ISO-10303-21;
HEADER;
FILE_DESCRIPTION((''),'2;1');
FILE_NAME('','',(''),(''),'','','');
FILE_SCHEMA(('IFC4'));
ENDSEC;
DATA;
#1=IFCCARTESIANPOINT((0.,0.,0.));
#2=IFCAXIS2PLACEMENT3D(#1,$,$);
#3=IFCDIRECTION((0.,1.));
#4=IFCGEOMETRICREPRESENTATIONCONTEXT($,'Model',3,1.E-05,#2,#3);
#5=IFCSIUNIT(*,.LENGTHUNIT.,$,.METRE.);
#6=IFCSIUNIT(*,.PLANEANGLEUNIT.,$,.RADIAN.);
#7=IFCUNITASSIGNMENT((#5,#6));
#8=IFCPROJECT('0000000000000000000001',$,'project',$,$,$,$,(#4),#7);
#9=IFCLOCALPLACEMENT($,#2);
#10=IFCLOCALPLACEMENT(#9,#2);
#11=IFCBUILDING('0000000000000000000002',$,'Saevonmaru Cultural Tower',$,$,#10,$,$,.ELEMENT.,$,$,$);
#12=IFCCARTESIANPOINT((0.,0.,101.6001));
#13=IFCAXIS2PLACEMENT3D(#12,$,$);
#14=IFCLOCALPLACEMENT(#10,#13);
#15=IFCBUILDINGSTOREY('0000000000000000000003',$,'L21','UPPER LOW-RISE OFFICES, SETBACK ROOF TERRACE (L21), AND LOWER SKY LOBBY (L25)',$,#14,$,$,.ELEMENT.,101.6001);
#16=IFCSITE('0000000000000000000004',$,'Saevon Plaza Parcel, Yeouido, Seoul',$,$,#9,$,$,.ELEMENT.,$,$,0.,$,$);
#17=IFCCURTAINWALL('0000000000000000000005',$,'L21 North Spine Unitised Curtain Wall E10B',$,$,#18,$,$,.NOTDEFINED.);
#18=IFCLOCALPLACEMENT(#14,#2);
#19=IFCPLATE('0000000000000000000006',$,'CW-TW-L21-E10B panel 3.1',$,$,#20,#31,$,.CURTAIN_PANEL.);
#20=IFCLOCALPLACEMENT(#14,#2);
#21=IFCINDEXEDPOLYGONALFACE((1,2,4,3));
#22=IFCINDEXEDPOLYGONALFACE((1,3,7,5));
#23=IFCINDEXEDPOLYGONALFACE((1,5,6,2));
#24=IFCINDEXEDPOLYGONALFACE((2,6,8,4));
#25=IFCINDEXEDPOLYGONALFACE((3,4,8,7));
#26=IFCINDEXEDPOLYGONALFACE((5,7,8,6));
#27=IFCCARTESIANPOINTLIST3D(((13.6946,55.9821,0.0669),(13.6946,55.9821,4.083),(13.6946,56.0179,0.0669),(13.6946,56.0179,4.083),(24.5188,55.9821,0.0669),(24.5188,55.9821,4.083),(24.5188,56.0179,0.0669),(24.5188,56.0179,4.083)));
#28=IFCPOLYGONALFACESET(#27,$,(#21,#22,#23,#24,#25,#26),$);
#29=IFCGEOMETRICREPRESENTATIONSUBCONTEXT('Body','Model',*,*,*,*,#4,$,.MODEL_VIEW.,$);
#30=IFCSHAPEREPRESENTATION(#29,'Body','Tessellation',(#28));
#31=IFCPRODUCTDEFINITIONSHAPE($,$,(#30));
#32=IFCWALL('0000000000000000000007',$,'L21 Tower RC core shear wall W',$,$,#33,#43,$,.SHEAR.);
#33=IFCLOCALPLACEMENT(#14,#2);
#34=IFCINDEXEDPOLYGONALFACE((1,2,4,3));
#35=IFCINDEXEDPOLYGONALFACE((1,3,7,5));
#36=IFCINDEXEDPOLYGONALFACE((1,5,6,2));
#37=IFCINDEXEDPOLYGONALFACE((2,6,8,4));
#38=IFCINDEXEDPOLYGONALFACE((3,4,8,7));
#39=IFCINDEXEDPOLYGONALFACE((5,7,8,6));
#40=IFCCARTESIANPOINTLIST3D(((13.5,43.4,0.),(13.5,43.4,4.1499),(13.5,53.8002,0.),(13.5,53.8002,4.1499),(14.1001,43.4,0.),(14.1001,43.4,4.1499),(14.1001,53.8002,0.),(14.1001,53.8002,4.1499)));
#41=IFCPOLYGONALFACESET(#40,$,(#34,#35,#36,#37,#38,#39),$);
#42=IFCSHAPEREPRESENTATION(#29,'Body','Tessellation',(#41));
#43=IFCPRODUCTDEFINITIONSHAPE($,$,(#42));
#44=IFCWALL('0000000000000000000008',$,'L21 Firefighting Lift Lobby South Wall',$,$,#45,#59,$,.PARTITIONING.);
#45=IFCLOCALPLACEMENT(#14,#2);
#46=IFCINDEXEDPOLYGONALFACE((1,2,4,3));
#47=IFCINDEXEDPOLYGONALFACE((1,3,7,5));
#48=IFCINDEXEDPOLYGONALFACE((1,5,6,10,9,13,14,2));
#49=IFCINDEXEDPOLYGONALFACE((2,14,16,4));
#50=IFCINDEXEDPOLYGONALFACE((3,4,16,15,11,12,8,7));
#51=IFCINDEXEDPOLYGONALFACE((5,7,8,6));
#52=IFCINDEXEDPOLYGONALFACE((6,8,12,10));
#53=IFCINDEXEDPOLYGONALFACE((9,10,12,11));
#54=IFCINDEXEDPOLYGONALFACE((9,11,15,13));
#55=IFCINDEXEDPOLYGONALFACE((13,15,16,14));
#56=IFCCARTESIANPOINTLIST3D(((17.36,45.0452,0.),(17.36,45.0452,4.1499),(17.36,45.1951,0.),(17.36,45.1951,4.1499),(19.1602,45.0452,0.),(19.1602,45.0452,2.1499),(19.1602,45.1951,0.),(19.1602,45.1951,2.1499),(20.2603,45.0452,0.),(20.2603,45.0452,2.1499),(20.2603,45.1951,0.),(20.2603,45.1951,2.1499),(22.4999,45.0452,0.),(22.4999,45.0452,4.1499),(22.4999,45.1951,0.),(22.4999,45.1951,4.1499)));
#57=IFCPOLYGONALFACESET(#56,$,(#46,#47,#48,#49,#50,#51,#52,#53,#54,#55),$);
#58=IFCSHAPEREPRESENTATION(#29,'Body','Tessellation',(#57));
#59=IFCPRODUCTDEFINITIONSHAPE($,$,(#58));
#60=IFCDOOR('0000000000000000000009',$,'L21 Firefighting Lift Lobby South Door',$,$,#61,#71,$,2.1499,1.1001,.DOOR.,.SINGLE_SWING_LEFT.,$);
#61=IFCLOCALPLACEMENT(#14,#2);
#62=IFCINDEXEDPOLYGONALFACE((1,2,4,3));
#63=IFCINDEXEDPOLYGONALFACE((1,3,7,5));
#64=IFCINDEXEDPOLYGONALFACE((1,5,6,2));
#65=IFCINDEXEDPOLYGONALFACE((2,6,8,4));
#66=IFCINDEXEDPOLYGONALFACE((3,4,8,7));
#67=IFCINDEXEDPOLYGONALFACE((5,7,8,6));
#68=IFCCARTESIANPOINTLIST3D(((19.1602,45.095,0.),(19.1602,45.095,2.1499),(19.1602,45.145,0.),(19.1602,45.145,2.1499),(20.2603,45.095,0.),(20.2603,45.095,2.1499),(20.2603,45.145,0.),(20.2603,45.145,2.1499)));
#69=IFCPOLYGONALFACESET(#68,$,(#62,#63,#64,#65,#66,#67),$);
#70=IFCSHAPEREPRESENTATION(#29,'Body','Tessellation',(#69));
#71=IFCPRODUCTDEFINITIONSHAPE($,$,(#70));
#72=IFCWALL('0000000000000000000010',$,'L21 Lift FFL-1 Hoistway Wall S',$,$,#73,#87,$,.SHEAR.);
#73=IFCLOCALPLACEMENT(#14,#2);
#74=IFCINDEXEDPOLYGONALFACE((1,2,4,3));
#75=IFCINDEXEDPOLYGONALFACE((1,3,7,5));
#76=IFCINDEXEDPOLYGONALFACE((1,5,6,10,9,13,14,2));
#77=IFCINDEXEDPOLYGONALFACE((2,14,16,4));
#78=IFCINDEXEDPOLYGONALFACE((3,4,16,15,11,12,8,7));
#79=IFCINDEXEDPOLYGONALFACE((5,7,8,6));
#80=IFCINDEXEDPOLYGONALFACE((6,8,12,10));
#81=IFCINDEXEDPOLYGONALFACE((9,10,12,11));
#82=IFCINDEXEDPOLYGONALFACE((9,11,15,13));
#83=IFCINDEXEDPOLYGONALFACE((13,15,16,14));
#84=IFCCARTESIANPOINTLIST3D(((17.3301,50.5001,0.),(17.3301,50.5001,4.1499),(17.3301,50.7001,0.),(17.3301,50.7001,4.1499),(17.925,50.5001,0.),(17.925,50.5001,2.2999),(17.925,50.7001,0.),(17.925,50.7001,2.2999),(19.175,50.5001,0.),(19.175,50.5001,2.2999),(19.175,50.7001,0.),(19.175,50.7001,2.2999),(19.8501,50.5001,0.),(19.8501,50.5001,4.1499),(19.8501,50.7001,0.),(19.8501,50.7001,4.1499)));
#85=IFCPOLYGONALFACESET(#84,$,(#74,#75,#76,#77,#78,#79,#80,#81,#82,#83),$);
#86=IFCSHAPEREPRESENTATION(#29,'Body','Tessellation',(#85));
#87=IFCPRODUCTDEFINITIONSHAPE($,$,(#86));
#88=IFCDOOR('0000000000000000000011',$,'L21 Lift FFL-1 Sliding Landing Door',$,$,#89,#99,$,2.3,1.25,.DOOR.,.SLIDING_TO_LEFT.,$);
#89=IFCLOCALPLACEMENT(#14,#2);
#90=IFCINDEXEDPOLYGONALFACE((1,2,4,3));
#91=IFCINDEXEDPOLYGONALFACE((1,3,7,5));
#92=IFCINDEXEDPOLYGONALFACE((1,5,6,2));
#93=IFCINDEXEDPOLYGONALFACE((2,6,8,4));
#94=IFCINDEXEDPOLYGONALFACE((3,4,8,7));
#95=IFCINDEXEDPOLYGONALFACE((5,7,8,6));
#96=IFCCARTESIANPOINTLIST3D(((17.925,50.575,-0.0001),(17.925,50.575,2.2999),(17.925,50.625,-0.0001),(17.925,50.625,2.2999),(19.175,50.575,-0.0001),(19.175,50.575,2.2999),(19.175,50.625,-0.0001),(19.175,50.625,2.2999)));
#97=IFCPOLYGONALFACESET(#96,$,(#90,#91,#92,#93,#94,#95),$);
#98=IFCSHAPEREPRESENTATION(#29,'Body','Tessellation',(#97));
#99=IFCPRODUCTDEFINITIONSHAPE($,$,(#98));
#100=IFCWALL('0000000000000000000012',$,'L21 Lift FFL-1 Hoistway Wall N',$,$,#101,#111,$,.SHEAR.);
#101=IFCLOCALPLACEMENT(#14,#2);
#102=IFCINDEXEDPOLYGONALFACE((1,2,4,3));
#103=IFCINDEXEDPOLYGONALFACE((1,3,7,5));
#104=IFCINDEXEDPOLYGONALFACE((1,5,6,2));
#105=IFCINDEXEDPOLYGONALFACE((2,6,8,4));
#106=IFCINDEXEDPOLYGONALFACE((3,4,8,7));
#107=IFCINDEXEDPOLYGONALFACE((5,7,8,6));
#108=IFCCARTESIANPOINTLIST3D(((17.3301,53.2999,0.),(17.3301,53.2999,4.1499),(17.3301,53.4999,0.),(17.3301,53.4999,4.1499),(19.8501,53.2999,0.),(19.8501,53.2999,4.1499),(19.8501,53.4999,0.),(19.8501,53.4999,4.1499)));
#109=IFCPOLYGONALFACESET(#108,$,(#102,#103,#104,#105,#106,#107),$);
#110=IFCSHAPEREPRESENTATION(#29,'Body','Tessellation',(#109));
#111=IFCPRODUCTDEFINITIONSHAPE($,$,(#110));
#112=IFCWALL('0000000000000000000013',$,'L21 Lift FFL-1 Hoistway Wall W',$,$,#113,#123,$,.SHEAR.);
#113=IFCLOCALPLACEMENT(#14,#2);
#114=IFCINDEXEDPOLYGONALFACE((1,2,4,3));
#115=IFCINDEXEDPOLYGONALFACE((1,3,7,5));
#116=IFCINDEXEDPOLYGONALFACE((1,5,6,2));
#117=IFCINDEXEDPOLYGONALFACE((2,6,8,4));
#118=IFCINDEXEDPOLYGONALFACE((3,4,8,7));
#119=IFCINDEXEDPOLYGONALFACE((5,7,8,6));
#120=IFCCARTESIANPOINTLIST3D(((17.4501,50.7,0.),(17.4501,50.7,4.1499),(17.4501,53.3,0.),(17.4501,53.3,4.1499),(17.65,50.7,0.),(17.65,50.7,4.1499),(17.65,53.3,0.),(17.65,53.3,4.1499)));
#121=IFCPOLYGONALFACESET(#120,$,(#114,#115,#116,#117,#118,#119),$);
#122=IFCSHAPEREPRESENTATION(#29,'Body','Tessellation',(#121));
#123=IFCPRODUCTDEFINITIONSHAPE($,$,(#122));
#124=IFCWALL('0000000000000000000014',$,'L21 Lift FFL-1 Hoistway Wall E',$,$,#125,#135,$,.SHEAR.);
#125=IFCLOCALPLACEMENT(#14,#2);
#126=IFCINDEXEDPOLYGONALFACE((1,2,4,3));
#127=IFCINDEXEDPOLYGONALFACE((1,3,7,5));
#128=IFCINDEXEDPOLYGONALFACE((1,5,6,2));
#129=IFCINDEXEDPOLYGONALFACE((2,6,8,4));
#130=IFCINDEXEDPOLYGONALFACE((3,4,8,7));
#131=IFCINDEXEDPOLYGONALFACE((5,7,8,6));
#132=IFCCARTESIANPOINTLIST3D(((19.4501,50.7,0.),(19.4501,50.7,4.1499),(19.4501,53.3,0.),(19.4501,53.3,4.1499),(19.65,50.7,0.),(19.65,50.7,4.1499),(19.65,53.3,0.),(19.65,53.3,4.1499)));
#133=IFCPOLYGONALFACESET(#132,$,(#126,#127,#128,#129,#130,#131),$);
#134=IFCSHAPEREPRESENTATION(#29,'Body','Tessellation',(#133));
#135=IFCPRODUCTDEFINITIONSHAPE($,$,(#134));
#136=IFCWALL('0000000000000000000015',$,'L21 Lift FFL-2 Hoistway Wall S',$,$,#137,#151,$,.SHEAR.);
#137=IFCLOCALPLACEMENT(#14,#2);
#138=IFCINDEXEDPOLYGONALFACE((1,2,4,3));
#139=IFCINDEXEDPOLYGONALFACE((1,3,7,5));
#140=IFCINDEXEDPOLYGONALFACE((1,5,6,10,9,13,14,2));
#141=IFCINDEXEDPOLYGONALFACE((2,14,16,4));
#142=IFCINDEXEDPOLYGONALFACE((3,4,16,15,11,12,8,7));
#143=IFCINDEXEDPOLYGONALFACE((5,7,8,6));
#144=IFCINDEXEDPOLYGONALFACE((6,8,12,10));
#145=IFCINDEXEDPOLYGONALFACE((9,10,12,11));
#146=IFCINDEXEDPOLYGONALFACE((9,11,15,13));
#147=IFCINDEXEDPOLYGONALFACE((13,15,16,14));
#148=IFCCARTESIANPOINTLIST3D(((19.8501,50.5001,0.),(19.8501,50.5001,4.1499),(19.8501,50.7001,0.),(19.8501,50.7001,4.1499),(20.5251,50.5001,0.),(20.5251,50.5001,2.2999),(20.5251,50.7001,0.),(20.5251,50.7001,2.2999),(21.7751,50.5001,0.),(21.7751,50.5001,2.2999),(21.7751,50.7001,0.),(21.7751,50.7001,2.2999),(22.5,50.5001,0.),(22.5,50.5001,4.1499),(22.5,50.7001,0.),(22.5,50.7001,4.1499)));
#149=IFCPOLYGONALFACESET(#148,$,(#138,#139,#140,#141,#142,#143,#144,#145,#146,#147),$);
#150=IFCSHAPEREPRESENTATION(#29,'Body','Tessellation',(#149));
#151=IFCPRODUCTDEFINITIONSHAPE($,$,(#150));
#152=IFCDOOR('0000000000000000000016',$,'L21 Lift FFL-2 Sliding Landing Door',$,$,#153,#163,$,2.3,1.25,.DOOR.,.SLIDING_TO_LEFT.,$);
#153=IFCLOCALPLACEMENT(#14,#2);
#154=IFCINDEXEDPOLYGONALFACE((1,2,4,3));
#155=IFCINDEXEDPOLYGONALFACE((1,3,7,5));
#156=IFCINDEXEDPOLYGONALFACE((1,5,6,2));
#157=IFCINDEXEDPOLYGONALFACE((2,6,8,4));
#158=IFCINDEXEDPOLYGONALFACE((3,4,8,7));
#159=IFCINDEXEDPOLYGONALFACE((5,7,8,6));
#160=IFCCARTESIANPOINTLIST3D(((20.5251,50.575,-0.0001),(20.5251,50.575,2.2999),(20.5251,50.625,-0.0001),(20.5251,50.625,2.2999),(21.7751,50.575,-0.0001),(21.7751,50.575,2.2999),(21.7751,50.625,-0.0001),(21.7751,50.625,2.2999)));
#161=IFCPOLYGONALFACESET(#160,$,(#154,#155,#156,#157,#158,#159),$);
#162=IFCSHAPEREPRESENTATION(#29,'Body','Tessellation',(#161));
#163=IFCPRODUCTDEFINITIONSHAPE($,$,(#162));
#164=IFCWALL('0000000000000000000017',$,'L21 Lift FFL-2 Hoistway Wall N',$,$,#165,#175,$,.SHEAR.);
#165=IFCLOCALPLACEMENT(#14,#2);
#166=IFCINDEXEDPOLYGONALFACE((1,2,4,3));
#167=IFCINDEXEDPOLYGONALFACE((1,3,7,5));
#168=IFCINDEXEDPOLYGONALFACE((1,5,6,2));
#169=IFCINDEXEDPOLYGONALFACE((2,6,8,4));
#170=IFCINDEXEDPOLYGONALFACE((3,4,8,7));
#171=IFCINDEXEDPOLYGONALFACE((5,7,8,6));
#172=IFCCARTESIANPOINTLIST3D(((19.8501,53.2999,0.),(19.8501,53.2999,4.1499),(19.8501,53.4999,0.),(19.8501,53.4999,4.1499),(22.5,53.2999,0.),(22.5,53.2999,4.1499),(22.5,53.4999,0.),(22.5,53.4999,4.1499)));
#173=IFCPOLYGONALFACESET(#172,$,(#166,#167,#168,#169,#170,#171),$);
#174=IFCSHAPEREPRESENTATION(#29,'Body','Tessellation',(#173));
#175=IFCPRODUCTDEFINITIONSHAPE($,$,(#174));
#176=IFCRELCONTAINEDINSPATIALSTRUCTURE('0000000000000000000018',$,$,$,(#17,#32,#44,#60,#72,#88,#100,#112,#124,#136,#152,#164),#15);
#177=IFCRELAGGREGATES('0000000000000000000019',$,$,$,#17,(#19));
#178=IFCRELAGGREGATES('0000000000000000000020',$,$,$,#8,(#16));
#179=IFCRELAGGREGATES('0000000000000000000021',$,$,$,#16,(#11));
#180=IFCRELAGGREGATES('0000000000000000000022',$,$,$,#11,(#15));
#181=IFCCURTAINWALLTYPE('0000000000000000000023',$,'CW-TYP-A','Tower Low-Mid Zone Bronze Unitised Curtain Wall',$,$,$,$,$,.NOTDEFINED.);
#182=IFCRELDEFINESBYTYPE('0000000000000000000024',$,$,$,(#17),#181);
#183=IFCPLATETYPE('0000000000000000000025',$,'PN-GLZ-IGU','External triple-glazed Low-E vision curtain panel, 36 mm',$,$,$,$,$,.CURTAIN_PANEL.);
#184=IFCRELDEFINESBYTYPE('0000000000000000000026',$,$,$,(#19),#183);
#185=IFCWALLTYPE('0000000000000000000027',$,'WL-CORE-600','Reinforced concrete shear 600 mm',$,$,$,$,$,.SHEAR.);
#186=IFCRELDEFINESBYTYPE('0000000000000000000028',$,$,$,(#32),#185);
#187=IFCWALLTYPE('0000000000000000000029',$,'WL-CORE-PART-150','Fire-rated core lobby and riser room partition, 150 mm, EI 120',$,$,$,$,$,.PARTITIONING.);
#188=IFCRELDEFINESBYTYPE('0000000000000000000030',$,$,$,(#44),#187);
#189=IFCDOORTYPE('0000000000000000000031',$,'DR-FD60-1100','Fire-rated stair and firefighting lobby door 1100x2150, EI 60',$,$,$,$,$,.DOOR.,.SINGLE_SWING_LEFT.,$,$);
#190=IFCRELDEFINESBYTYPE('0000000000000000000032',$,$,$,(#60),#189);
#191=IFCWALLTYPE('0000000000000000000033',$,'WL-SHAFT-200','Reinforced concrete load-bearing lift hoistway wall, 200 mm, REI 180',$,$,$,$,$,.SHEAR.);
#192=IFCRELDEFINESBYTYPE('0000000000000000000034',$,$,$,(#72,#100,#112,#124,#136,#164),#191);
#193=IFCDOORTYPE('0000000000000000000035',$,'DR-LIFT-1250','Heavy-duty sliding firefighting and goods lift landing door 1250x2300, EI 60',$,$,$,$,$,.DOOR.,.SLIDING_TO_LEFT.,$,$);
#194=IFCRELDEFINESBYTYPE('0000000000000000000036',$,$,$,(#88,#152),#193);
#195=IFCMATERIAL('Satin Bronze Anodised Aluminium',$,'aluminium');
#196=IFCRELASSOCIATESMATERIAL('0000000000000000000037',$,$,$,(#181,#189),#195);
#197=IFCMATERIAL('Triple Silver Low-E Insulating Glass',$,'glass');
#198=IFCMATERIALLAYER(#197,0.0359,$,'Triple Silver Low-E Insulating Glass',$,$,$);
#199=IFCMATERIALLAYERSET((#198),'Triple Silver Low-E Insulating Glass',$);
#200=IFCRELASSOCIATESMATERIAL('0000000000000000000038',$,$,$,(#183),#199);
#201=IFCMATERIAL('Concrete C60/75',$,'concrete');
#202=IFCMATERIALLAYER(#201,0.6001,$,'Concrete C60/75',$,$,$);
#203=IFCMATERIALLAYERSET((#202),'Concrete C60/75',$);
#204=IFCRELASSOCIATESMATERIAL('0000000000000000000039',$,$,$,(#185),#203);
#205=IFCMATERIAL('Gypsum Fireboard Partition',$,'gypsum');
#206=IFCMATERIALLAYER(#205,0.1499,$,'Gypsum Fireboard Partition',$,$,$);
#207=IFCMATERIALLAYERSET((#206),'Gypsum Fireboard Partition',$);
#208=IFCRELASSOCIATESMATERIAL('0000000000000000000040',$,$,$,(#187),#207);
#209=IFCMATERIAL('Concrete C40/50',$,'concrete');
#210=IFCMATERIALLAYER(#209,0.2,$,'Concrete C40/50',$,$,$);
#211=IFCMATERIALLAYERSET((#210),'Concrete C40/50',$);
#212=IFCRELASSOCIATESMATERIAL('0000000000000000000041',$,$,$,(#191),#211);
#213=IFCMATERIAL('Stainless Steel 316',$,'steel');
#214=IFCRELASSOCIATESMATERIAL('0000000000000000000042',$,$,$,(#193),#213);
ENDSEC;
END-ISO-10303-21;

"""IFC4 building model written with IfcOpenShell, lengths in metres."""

from ifc_helpers import new_model, si_unit, direction, frame, frame_2d, origin, origin_2d, place, context, subcontext, project, spatial, rectangle, extrude, material, layer, layer_set, type_object, element, fill, aggregate, save


model = new_model("IFC4")

# Units and contexts
model_context = context("Model", 3, precision=1e-05, world=origin(), true_north=direction((0.0, 1.0)))
body_context = subcontext(model_context, "Body", "Model", "MODEL_VIEW")
ifc_project = project(units=[si_unit("LENGTHUNIT", "METRE"), si_unit("PLANEANGLEUNIT", "RADIAN")], contexts=[model_context])

# Site, building, storey
site_placement = place(None, origin())
site = spatial("IfcSite", under=ifc_project, at=site_placement, Name="Saevon Plaza Parcel, Yeouido, Seoul", CompositionType="ELEMENT", RefElevation=0.0)
building_placement = place(site_placement, origin())
building = spatial("IfcBuilding", under=site, at=building_placement, Name="Saevonmaru Cultural Tower", CompositionType="ELEMENT")
storey_placement = place(building_placement, frame((0.0, 0.0, 101.6001)))
storey = spatial("IfcBuildingStorey", under=building, at=storey_placement, Name="L21", Description="UPPER LOW-RISE OFFICES, SETBACK ROOF TERRACE (L21), AND LOWER SKY LOBBY (L25)", CompositionType="ELEMENT", Elevation=101.6001)

# Curtain wall, plate
ifc_material_1 = material(Name="Satin Bronze Anodised Aluminium", Category="aluminium")
curtain_wall_type = type_object("IfcCurtainWallType", Name="CW-TYP-A", Description="Tower Low-Mid Zone Bronze Unitised Curtain Wall", PredefinedType="NOTDEFINED", material=ifc_material_1)
curtain_wall_placement = place(storey_placement, origin())
curtain_wall = element("IfcCurtainWall", 1, at=curtain_wall_placement, inside=storey, type_object=curtain_wall_type, Name="L21 North Spine Unitised Curtain Wall E10B", PredefinedType="NOTDEFINED")
ifc_material_2 = material(Name="Triple Silver Low-E Insulating Glass", Category="glass")
ifc_layer_1 = layer(ifc_material_2, 0.0359, Name="Triple Silver Low-E Insulating Glass")
ifc_layer_set_1 = layer_set([ifc_layer_1], Name="Triple Silver Low-E Insulating Glass")
plate_type = type_object("IfcPlateType", Name="PN-GLZ-IGU", Description="External triple-glazed Low-E vision curtain panel, 36 mm", PredefinedType="CURTAIN_PANEL", material=ifc_layer_set_1)
plate_placement = place(storey_placement, frame((19.1067, 56.0, 0.0669), z_axis=(0.0, 0.0, 1.0), x_axis=(-1.0, 0.0, 0.0)))
plate = element("IfcPlate", 2, at=plate_placement, type_object=plate_type, Name="CW-TW-L21-E10B panel 3.1", PredefinedType="CURTAIN_PANEL", context=body_context, shape_type="SweptSolid", body=[
    extrude(rectangle(XDim=10.8242, YDim=0.0359, at=origin_2d()), origin(), (0.0, 0.0, 1.0), 4.0161),
])
aggregate(curtain_wall, [plate])

# Wall
ifc_material_3 = material(Name="Concrete C60/75", Category="concrete")
ifc_layer_2 = layer(ifc_material_3, 0.6001, Name="Concrete C60/75")
ifc_layer_set_2 = layer_set([ifc_layer_2], Name="Concrete C60/75")
wall_type_1 = type_object("IfcWallType", Name="WL-CORE-600", Description="Reinforced concrete shear 600 mm", PredefinedType="SHEAR", material=ifc_layer_set_2)
wall_1_placement = place(storey_placement, frame((13.8, 43.3999, 0.0), z_axis=(0.0, 0.0, 1.0), x_axis=(0.0, 1.0, 0.0)))
element("IfcWall", 3, at=wall_1_placement, inside=storey, type_object=wall_type_1, Name="L21 Tower RC core shear wall W", PredefinedType="SHEAR", context=body_context, shape_type="SweptSolid", body=[
    extrude(rectangle(XDim=10.4001, YDim=0.6001, at=frame_2d((5.2002, 0.0))), origin(), (0.0, 0.0, 1.0), 4.1499),
])

# Walls, openings, doors
ifc_material_4 = material(Name="Gypsum Fireboard Partition", Category="gypsum")
ifc_layer_3 = layer(ifc_material_4, 0.1499, Name="Gypsum Fireboard Partition")
ifc_layer_set_3 = layer_set([ifc_layer_3], Name="Gypsum Fireboard Partition")
wall_type_2 = type_object("IfcWallType", Name="WL-CORE-PART-150", Description="Fire-rated core lobby and riser room partition, 150 mm, EI 120", PredefinedType="PARTITIONING", material=ifc_layer_set_3)
wall_2_placement = place(storey_placement, frame((17.3601, 45.1201, 0.0), z_axis=(0.0, 0.0, 1.0), x_axis=(1.0, 0.0, 0.0)))
wall_2 = element("IfcWall", 4, at=wall_2_placement, inside=storey, type_object=wall_type_2, Name="L21 Firefighting Lift Lobby South Wall", PredefinedType="PARTITIONING", context=body_context, shape_type="SweptSolid", body=[
    extrude(rectangle(XDim=5.1399, YDim=0.1499, at=frame_2d((2.5698, 0.0))), origin(), (0.0, 0.0, 1.0), 4.1499),
])
opening_1_placement = place(wall_2_placement, frame((1.8, 0.0, 0.0)))
opening_1 = element("IfcOpeningElement", 5, at=opening_1_placement, cuts=wall_2, PredefinedType="OPENING", context=body_context, shape_type="SweptSolid", body=[
    extrude(rectangle(XDim=1.1001, YDim=2.1499, at=frame_2d((0.55, 1.075))), frame((0.0, 0.085, 0.0), z_axis=(0.0, -1.0, 0.0), x_axis=(1.0, 0.0, 0.0)), (0.0, 0.0, 1.0), 0.1699),
])
door_type_1 = type_object("IfcDoorType", Name="DR-FD60-1100", Description="Fire-rated stair and firefighting lobby door 1100x2150, EI 60", OperationType="SINGLE_SWING_LEFT", PredefinedType="DOOR", material=ifc_material_1)
door_1_placement = place(opening_1_placement, origin())
door_1 = element("IfcDoor", 6, at=door_1_placement, inside=storey, type_object=door_type_1, Name="L21 Firefighting Lift Lobby South Door", OperationType="SINGLE_SWING_LEFT", OverallHeight=2.1499, OverallWidth=1.1001, PredefinedType="DOOR", context=body_context, shape_type="SweptSolid", body=[
    extrude(rectangle(XDim=1.1001, YDim=2.1499, at=frame_2d((0.55, 1.075))), frame((0.0, 0.0249, 0.0), z_axis=(0.0, -1.0, 0.0), x_axis=(1.0, 0.0, 0.0)), (0.0, 0.0, 1.0), 0.05),
])
fill(opening_1, door_1)
ifc_material_5 = material(Name="Concrete C40/50", Category="concrete")
ifc_layer_4 = layer(ifc_material_5, 0.2, Name="Concrete C40/50")
ifc_layer_set_4 = layer_set([ifc_layer_4], Name="Concrete C40/50")
wall_type_3 = type_object("IfcWallType", Name="WL-SHAFT-200", Description="Reinforced concrete load-bearing lift hoistway wall, 200 mm, REI 180", PredefinedType="SHEAR", material=ifc_layer_set_4)
wall_3_placement = place(storey_placement, frame((17.3301, 50.6001, 0.0), z_axis=(0.0, 0.0, 1.0), x_axis=(1.0, 0.0, 0.0)))
wall_3 = element("IfcWall", 7, at=wall_3_placement, inside=storey, type_object=wall_type_3, Name="L21 Lift FFL-1 Hoistway Wall S", PredefinedType="SHEAR", context=body_context, shape_type="SweptSolid", body=[
    extrude(rectangle(XDim=2.52, YDim=0.2, at=frame_2d((1.26, 0.0))), origin(), (0.0, 0.0, 1.0), 4.1499),
])
opening_2_placement = place(wall_3_placement, frame((0.595, 0.0, 0.0)))
opening_2 = element("IfcOpeningElement", 8, at=opening_2_placement, cuts=wall_3, PredefinedType="OPENING", context=body_context, shape_type="SweptSolid", body=[
    extrude(rectangle(XDim=1.25, YDim=2.3, at=frame_2d((0.625, 1.1499))), frame((0.0, 0.1099, 0.0), z_axis=(0.0, -1.0, 0.0), x_axis=(1.0, 0.0, 0.0)), (0.0, 0.0, 1.0), 0.22),
])
ifc_material_6 = material(Name="Stainless Steel 316", Category="steel")
door_type_2 = type_object("IfcDoorType", Name="DR-LIFT-1250", Description="Heavy-duty sliding firefighting and goods lift landing door 1250x2300, EI 60", OperationType="SLIDING_TO_LEFT", PredefinedType="DOOR", material=ifc_material_6)
door_2_placement = place(opening_2_placement, origin())
door_2 = element("IfcDoor", 9, at=door_2_placement, inside=storey, type_object=door_type_2, Name="L21 Lift FFL-1 Sliding Landing Door", OperationType="SLIDING_TO_LEFT", OverallHeight=2.3, OverallWidth=1.25, PredefinedType="DOOR", context=body_context, shape_type="SweptSolid", body=[
    extrude(rectangle(XDim=1.25, YDim=2.3, at=frame_2d((0.625, 1.1499))), frame((0.0, 0.0249, 0.0), z_axis=(0.0, -1.0, 0.0), x_axis=(1.0, 0.0, 0.0)), (0.0, 0.0, 1.0), 0.05),
])
fill(opening_2, door_2)

# Walls
wall_4_placement = place(storey_placement, frame((17.3301, 53.3999, 0.0), z_axis=(0.0, 0.0, 1.0), x_axis=(1.0, 0.0, 0.0)))
element("IfcWall", 10, at=wall_4_placement, inside=storey, type_object=wall_type_3, Name="L21 Lift FFL-1 Hoistway Wall N", PredefinedType="SHEAR", context=body_context, shape_type="SweptSolid", body=[
    extrude(rectangle(XDim=2.52, YDim=0.2, at=frame_2d((1.26, 0.0))), origin(), (0.0, 0.0, 1.0), 4.1499),
])
for number, where, z_axis, x_axis, name in (
    (11, (17.55, 50.7, 0.0), (0.0, 0.0, 1.0), (0.0, 1.0, 0.0), "L21 Lift FFL-1 Hoistway Wall W"),
    (12, (19.55, 50.7, 0.0), (0.0, 0.0, 1.0), (0.0, 1.0, 0.0), "L21 Lift FFL-1 Hoistway Wall E"),
):
    element("IfcWall", number, at=place(storey_placement, frame(where, z_axis=z_axis, x_axis=x_axis)), inside=storey, type_object=wall_type_3, Name=name, PredefinedType="SHEAR", context=body_context, shape_type="SweptSolid", body=[
        extrude(rectangle(XDim=2.6001, YDim=0.2, at=frame_2d((1.3, 0.0))), origin(), (0.0, 0.0, 1.0), 4.1499),
    ])

# Wall, opening, door
wall_5_placement = place(storey_placement, frame((19.8501, 50.6001, 0.0), z_axis=(0.0, 0.0, 1.0), x_axis=(1.0, 0.0, 0.0)))
wall_5 = element("IfcWall", 13, at=wall_5_placement, inside=storey, type_object=wall_type_3, Name="L21 Lift FFL-2 Hoistway Wall S", PredefinedType="SHEAR", context=body_context, shape_type="SweptSolid", body=[
    extrude(rectangle(XDim=2.6499, YDim=0.2, at=frame_2d((1.325, 0.0))), origin(), (0.0, 0.0, 1.0), 4.1499),
])
opening_3_placement = place(wall_5_placement, frame((0.675, 0.0, 0.0)))
opening_3 = element("IfcOpeningElement", 14, at=opening_3_placement, cuts=wall_5, PredefinedType="OPENING", context=body_context, shape_type="SweptSolid", body=[
    extrude(rectangle(XDim=1.25, YDim=2.3, at=frame_2d((0.625, 1.1499))), frame((0.0, 0.1099, 0.0), z_axis=(0.0, -1.0, 0.0), x_axis=(1.0, 0.0, 0.0)), (0.0, 0.0, 1.0), 0.22),
])
door_3_placement = place(opening_3_placement, origin())
door_3 = element("IfcDoor", 15, at=door_3_placement, inside=storey, type_object=door_type_2, Name="L21 Lift FFL-2 Sliding Landing Door", OperationType="SLIDING_TO_LEFT", OverallHeight=2.3, OverallWidth=1.25, PredefinedType="DOOR", context=body_context, shape_type="SweptSolid", body=[
    extrude(rectangle(XDim=1.25, YDim=2.3, at=frame_2d((0.625, 1.1499))), frame((0.0, 0.0249, 0.0), z_axis=(0.0, -1.0, 0.0), x_axis=(1.0, 0.0, 0.0)), (0.0, 0.0, 1.0), 0.05),
])
fill(opening_3, door_3)

# Wall
wall_6_placement = place(storey_placement, frame((19.8501, 53.3999, 0.0), z_axis=(0.0, 0.0, 1.0), x_axis=(1.0, 0.0, 0.0)))
element("IfcWall", 16, at=wall_6_placement, inside=storey, type_object=wall_type_3, Name="L21 Lift FFL-2 Hoistway Wall N", PredefinedType="SHEAR", context=body_context, shape_type="SweptSolid", body=[
    extrude(rectangle(XDim=2.6499, YDim=0.2, at=frame_2d((1.325, 0.0))), origin(), (0.0, 0.0, 1.0), 4.1499),
])

save(model, "model.ifc")
